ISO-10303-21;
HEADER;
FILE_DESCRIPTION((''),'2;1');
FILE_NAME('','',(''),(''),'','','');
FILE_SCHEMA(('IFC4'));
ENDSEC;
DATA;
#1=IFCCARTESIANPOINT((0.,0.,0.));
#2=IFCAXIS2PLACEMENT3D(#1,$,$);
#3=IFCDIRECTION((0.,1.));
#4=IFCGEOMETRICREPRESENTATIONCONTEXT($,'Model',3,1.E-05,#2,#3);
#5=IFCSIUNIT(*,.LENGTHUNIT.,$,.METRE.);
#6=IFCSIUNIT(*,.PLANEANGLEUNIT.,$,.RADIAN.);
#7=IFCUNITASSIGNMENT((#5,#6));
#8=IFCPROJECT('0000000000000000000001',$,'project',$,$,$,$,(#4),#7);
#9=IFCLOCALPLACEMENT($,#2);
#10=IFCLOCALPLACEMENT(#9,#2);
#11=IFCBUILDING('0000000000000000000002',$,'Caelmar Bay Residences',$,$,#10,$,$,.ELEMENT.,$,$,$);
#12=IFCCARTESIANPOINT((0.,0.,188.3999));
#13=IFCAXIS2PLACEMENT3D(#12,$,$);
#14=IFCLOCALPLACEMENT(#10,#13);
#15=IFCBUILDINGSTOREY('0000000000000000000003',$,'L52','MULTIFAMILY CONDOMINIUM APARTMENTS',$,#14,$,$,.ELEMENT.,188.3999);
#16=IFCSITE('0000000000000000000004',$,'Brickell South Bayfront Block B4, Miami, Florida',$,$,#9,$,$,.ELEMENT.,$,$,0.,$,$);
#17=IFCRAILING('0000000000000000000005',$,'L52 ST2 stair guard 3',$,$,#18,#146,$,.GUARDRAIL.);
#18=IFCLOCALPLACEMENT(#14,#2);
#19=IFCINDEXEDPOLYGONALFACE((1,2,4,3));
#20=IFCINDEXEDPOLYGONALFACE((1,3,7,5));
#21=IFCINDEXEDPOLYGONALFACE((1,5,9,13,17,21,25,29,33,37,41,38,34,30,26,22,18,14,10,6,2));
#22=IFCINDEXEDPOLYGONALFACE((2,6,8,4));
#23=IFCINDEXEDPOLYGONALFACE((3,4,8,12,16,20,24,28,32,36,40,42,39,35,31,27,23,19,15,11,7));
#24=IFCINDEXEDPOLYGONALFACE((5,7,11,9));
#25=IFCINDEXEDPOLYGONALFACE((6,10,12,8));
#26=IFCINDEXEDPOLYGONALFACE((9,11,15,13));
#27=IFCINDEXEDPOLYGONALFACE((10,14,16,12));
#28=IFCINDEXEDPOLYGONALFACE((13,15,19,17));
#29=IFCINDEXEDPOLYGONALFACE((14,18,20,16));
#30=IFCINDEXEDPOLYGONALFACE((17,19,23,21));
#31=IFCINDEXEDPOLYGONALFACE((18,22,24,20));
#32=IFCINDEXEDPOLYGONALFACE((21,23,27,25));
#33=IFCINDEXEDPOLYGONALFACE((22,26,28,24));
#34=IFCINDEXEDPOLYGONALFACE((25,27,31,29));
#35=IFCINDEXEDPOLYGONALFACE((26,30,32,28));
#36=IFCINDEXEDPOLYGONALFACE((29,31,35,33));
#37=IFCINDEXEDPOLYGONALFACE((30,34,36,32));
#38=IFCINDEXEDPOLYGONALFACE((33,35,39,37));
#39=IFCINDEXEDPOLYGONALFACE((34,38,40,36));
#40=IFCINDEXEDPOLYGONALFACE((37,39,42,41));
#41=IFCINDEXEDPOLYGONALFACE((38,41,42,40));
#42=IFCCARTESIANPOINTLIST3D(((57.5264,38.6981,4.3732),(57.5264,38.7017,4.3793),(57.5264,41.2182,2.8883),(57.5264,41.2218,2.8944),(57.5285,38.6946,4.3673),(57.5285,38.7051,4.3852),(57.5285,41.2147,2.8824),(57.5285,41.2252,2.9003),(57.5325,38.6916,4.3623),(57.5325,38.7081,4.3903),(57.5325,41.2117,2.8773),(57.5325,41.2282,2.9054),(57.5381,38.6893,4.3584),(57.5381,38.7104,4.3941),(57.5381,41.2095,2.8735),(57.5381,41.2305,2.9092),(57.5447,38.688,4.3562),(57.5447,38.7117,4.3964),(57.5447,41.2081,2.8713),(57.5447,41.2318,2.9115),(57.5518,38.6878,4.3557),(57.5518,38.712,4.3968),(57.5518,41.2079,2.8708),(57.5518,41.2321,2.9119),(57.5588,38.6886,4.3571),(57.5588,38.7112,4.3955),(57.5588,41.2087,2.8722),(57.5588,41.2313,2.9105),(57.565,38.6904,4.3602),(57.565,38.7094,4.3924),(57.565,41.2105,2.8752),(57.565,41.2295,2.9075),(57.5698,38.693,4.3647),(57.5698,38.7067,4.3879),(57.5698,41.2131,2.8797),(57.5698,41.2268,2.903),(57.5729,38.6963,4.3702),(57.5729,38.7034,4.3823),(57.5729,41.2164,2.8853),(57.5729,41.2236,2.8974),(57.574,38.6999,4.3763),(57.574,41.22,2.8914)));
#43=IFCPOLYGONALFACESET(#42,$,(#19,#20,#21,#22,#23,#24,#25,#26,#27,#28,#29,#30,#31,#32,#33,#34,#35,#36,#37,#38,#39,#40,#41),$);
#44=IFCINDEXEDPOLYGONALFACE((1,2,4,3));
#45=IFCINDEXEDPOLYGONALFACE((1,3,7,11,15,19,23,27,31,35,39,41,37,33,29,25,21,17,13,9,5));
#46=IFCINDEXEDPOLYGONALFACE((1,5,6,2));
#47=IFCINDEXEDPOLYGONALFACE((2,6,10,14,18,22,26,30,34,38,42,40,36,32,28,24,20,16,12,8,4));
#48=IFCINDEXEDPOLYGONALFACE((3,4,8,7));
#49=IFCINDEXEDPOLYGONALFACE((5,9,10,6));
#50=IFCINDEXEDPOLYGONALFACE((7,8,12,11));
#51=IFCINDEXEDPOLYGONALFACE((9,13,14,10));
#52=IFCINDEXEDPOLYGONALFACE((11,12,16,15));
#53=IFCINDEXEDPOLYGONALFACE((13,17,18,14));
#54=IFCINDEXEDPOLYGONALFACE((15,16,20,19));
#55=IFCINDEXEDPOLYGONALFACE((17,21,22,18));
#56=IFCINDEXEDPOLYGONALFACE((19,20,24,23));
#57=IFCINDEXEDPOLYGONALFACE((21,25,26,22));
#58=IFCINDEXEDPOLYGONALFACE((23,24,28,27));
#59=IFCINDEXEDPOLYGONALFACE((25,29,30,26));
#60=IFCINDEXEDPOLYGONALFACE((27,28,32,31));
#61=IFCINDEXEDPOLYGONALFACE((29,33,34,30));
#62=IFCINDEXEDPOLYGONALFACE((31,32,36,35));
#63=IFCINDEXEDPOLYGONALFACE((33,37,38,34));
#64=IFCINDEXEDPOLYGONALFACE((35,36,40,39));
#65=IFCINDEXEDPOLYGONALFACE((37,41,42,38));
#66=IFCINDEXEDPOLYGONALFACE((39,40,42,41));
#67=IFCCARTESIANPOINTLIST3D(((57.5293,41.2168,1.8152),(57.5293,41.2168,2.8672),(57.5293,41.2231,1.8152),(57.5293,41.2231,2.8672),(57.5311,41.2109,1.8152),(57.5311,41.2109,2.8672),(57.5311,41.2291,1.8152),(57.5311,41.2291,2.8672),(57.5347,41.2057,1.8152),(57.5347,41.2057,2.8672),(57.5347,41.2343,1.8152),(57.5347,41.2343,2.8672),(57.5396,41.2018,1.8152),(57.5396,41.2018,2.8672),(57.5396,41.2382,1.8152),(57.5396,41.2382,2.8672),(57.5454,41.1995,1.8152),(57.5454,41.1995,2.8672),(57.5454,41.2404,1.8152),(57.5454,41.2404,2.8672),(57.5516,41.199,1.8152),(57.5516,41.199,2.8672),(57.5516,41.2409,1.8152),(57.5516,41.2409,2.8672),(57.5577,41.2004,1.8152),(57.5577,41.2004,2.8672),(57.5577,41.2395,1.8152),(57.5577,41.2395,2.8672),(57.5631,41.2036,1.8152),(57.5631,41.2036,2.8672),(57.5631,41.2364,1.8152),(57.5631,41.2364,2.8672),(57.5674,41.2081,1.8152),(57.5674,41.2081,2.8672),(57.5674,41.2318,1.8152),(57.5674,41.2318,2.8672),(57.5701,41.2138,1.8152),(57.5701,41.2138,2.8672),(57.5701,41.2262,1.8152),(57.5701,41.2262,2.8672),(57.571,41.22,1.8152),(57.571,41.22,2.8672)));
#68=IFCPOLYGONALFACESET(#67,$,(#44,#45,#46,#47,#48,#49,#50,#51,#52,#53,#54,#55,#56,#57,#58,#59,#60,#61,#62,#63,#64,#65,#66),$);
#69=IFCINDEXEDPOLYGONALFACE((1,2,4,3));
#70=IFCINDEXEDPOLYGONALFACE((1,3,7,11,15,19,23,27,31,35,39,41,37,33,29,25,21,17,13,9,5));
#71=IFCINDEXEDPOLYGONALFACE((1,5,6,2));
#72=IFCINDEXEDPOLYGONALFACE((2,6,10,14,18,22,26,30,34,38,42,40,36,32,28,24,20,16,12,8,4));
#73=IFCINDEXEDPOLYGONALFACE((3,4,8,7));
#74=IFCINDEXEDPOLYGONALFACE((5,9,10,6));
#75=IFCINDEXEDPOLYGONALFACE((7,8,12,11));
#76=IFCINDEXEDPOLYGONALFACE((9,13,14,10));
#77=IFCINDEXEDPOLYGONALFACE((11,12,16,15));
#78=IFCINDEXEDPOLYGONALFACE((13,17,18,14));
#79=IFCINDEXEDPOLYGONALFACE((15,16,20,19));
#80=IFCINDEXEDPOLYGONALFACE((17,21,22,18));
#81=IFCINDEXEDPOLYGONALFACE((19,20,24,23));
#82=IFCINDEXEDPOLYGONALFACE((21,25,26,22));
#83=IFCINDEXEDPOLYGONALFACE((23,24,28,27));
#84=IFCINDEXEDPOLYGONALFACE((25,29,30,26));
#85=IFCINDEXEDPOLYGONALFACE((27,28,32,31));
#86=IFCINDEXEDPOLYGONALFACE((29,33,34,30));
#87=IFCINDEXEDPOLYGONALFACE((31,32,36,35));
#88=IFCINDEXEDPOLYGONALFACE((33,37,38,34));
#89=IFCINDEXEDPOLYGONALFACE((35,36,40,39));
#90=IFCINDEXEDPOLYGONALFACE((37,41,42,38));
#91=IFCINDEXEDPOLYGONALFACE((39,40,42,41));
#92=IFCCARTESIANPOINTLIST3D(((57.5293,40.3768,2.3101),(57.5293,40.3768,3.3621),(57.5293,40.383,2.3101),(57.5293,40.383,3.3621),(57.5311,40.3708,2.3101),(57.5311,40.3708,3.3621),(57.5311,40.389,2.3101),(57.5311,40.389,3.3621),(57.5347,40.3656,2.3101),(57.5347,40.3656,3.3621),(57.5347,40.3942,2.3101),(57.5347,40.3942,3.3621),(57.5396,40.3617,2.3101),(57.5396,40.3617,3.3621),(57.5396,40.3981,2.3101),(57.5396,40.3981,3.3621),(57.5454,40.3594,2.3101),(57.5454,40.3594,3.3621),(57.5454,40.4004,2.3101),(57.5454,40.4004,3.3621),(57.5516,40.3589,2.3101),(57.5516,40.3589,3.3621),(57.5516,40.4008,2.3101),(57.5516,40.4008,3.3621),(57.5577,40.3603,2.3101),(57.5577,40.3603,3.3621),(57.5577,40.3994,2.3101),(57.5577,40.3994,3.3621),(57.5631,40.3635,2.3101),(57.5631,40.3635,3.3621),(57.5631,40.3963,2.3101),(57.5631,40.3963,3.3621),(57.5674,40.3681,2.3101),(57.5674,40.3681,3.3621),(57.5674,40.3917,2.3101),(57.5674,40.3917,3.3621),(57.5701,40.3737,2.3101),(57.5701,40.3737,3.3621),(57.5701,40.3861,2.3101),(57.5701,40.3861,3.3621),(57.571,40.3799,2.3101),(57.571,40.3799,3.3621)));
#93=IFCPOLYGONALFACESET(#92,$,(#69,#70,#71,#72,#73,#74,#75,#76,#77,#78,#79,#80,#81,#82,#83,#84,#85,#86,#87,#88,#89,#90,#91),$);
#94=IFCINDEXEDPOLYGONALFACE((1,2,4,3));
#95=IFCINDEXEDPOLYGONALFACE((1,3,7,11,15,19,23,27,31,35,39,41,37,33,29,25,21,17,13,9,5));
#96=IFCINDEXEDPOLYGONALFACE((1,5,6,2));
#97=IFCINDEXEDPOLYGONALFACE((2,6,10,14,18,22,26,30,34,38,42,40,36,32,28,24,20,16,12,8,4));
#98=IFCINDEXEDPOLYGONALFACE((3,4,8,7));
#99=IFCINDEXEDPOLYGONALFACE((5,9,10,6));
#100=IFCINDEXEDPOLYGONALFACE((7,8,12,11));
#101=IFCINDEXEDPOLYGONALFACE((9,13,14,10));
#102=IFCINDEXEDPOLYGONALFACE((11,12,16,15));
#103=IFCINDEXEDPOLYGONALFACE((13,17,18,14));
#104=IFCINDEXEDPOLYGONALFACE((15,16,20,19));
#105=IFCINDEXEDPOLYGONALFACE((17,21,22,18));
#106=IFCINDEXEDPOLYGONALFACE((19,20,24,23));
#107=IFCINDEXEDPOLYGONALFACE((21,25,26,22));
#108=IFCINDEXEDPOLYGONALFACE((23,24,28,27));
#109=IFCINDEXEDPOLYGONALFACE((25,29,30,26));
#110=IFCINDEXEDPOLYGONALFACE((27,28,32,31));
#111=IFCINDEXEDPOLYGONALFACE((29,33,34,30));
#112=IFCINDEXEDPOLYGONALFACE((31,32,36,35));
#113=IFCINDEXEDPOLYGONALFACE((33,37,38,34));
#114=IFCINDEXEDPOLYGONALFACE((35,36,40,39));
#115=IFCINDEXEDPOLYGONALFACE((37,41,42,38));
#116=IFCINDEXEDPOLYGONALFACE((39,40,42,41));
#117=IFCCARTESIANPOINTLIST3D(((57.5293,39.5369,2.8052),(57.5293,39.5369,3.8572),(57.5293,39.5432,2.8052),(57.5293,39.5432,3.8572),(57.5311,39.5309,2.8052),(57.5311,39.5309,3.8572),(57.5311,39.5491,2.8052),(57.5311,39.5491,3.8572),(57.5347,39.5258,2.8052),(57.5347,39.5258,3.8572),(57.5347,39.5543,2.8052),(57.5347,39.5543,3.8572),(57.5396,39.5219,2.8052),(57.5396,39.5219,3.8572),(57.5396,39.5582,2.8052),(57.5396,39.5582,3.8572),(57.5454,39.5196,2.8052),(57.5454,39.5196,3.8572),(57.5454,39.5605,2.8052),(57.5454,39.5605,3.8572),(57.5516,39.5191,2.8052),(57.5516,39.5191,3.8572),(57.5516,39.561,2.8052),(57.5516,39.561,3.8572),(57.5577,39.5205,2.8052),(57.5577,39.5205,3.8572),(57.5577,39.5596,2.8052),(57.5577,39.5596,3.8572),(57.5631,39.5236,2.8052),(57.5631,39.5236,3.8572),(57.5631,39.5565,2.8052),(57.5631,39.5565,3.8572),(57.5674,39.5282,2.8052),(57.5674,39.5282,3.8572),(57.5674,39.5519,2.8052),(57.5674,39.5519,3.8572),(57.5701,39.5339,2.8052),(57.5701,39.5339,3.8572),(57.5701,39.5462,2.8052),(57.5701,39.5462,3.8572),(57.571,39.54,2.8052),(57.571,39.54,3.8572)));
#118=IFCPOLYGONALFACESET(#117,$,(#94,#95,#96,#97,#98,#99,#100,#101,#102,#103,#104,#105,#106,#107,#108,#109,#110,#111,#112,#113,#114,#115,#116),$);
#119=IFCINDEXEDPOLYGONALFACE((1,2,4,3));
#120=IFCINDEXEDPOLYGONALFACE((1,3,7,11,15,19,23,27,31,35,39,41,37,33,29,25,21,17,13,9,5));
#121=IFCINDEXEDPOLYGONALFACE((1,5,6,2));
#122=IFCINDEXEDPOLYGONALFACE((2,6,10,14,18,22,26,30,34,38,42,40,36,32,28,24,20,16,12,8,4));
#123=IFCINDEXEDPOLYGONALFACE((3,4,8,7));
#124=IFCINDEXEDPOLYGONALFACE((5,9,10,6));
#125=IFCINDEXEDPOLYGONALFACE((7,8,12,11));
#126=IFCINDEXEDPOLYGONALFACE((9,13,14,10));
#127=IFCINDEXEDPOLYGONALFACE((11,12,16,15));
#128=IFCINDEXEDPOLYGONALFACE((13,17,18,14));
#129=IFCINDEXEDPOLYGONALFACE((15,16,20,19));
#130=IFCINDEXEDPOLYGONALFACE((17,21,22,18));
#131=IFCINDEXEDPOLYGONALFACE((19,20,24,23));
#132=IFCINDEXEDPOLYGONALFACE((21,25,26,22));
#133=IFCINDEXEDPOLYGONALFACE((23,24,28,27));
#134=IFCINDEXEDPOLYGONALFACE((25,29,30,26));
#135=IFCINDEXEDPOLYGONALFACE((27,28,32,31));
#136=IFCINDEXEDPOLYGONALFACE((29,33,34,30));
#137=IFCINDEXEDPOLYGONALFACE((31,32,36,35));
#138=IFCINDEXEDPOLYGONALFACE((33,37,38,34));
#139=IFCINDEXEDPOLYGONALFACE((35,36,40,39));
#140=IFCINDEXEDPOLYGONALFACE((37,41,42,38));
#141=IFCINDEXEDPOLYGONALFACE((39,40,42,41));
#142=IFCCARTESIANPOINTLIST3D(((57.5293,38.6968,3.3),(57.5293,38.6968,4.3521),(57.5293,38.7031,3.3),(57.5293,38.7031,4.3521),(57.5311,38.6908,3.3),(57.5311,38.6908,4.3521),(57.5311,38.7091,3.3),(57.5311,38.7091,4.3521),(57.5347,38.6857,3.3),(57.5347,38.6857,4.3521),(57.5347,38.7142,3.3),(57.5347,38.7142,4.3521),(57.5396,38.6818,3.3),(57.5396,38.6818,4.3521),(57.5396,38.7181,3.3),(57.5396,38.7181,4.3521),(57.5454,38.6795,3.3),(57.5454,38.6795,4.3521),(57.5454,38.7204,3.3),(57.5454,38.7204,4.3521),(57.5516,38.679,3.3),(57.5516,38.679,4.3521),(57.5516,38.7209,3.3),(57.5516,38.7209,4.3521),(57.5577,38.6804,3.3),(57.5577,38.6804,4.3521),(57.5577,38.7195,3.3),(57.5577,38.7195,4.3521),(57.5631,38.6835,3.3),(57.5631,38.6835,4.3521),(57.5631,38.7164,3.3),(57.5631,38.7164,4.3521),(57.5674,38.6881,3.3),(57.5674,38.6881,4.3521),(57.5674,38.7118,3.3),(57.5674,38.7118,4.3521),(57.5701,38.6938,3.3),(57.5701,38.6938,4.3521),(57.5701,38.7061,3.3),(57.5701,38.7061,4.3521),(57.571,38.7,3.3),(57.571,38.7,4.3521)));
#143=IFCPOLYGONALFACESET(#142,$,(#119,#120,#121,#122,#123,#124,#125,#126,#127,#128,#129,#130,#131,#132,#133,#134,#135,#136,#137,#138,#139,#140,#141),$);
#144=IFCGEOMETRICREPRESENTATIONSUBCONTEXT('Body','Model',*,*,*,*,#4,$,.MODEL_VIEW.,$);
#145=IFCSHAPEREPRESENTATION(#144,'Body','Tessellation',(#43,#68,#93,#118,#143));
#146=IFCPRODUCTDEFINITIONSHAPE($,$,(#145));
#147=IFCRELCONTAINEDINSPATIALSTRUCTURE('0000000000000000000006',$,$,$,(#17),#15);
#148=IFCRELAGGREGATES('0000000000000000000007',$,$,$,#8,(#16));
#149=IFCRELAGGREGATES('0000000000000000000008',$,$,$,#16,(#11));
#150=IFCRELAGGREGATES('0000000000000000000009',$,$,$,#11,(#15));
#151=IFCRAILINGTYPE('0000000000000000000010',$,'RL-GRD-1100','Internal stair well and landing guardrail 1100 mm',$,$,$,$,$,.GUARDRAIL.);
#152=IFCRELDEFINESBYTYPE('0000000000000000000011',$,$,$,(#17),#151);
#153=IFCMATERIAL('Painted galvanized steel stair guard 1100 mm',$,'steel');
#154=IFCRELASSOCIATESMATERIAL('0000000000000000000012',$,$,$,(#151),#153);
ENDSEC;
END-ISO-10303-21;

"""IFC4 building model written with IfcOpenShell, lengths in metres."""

from ifc_helpers import new_model, si_unit, direction, frame, origin, origin_2d, place, context, subcontext, project, spatial, circle, extrude, material, type_object, element, save


model = new_model("IFC4")

# Units and contexts
model_context = context("Model", 3, precision=1e-05, world=origin(), true_north=direction((0.0, 1.0)))
body_context = subcontext(model_context, "Body", "Model", "MODEL_VIEW")
ifc_project = project(units=[si_unit("LENGTHUNIT", "METRE"), si_unit("PLANEANGLEUNIT", "RADIAN")], contexts=[model_context])

# Site, building, storey
site_placement = place(None, origin())
site = spatial("IfcSite", under=ifc_project, at=site_placement, Name="Brickell South Bayfront Block B4, Miami, Florida", CompositionType="ELEMENT", RefElevation=0.0)
building_placement = place(site_placement, origin())
building = spatial("IfcBuilding", under=site, at=building_placement, Name="Caelmar Bay Residences", CompositionType="ELEMENT")
storey_placement = place(building_placement, frame((0.0, 0.0, 188.3999)))
storey = spatial("IfcBuildingStorey", under=building, at=storey_placement, Name="L52", Description="MULTIFAMILY CONDOMINIUM APARTMENTS", CompositionType="ELEMENT", Elevation=188.3999)

# Railing
ifc_material_1 = material(Name="Painted galvanized steel stair guard 1100 mm", Category="steel")
railing_type_1 = type_object("IfcRailingType", Name="RL-GRD-1100", Description="Internal stair well and landing guardrail 1100 mm", PredefinedType="GUARDRAIL", material=ifc_material_1)
railing_1_placement = place(storey_placement, frame((57.55, 41.22, 1.8152)))
element("IfcRailing", 1, at=railing_1_placement, inside=storey, type_object=railing_type_1, Name="L52 ST2 stair guard 3", PredefinedType="GUARDRAIL", context=body_context, shape_type="SweptSolid", body=[
    extrude(circle(Radius=0.0239, at=origin_2d()), frame((0.0, 0.0, 1.0762), z_axis=(0.0, -0.861561, 0.507655), x_axis=(1.0, 0.0, 0.0)), (0.0, 0.0, 1.0), 2.925),
    extrude(circle(Radius=0.021, at=origin_2d()), origin(), (0.0, 0.0, 1.0), 1.052),
    extrude(circle(Radius=0.021, at=origin_2d()), frame((0.0, -0.8401, 0.4949)), (0.0, 0.0, 1.0), 1.052),
    extrude(circle(Radius=0.021, at=origin_2d()), frame((0.0, -1.6799, 0.99)), (0.0, 0.0, 1.0), 1.052),
    extrude(circle(Radius=0.021, at=origin_2d()), frame((0.0, -2.52, 1.4849)), (0.0, 0.0, 1.0), 1.052),
])

save(model, "model.ifc")
